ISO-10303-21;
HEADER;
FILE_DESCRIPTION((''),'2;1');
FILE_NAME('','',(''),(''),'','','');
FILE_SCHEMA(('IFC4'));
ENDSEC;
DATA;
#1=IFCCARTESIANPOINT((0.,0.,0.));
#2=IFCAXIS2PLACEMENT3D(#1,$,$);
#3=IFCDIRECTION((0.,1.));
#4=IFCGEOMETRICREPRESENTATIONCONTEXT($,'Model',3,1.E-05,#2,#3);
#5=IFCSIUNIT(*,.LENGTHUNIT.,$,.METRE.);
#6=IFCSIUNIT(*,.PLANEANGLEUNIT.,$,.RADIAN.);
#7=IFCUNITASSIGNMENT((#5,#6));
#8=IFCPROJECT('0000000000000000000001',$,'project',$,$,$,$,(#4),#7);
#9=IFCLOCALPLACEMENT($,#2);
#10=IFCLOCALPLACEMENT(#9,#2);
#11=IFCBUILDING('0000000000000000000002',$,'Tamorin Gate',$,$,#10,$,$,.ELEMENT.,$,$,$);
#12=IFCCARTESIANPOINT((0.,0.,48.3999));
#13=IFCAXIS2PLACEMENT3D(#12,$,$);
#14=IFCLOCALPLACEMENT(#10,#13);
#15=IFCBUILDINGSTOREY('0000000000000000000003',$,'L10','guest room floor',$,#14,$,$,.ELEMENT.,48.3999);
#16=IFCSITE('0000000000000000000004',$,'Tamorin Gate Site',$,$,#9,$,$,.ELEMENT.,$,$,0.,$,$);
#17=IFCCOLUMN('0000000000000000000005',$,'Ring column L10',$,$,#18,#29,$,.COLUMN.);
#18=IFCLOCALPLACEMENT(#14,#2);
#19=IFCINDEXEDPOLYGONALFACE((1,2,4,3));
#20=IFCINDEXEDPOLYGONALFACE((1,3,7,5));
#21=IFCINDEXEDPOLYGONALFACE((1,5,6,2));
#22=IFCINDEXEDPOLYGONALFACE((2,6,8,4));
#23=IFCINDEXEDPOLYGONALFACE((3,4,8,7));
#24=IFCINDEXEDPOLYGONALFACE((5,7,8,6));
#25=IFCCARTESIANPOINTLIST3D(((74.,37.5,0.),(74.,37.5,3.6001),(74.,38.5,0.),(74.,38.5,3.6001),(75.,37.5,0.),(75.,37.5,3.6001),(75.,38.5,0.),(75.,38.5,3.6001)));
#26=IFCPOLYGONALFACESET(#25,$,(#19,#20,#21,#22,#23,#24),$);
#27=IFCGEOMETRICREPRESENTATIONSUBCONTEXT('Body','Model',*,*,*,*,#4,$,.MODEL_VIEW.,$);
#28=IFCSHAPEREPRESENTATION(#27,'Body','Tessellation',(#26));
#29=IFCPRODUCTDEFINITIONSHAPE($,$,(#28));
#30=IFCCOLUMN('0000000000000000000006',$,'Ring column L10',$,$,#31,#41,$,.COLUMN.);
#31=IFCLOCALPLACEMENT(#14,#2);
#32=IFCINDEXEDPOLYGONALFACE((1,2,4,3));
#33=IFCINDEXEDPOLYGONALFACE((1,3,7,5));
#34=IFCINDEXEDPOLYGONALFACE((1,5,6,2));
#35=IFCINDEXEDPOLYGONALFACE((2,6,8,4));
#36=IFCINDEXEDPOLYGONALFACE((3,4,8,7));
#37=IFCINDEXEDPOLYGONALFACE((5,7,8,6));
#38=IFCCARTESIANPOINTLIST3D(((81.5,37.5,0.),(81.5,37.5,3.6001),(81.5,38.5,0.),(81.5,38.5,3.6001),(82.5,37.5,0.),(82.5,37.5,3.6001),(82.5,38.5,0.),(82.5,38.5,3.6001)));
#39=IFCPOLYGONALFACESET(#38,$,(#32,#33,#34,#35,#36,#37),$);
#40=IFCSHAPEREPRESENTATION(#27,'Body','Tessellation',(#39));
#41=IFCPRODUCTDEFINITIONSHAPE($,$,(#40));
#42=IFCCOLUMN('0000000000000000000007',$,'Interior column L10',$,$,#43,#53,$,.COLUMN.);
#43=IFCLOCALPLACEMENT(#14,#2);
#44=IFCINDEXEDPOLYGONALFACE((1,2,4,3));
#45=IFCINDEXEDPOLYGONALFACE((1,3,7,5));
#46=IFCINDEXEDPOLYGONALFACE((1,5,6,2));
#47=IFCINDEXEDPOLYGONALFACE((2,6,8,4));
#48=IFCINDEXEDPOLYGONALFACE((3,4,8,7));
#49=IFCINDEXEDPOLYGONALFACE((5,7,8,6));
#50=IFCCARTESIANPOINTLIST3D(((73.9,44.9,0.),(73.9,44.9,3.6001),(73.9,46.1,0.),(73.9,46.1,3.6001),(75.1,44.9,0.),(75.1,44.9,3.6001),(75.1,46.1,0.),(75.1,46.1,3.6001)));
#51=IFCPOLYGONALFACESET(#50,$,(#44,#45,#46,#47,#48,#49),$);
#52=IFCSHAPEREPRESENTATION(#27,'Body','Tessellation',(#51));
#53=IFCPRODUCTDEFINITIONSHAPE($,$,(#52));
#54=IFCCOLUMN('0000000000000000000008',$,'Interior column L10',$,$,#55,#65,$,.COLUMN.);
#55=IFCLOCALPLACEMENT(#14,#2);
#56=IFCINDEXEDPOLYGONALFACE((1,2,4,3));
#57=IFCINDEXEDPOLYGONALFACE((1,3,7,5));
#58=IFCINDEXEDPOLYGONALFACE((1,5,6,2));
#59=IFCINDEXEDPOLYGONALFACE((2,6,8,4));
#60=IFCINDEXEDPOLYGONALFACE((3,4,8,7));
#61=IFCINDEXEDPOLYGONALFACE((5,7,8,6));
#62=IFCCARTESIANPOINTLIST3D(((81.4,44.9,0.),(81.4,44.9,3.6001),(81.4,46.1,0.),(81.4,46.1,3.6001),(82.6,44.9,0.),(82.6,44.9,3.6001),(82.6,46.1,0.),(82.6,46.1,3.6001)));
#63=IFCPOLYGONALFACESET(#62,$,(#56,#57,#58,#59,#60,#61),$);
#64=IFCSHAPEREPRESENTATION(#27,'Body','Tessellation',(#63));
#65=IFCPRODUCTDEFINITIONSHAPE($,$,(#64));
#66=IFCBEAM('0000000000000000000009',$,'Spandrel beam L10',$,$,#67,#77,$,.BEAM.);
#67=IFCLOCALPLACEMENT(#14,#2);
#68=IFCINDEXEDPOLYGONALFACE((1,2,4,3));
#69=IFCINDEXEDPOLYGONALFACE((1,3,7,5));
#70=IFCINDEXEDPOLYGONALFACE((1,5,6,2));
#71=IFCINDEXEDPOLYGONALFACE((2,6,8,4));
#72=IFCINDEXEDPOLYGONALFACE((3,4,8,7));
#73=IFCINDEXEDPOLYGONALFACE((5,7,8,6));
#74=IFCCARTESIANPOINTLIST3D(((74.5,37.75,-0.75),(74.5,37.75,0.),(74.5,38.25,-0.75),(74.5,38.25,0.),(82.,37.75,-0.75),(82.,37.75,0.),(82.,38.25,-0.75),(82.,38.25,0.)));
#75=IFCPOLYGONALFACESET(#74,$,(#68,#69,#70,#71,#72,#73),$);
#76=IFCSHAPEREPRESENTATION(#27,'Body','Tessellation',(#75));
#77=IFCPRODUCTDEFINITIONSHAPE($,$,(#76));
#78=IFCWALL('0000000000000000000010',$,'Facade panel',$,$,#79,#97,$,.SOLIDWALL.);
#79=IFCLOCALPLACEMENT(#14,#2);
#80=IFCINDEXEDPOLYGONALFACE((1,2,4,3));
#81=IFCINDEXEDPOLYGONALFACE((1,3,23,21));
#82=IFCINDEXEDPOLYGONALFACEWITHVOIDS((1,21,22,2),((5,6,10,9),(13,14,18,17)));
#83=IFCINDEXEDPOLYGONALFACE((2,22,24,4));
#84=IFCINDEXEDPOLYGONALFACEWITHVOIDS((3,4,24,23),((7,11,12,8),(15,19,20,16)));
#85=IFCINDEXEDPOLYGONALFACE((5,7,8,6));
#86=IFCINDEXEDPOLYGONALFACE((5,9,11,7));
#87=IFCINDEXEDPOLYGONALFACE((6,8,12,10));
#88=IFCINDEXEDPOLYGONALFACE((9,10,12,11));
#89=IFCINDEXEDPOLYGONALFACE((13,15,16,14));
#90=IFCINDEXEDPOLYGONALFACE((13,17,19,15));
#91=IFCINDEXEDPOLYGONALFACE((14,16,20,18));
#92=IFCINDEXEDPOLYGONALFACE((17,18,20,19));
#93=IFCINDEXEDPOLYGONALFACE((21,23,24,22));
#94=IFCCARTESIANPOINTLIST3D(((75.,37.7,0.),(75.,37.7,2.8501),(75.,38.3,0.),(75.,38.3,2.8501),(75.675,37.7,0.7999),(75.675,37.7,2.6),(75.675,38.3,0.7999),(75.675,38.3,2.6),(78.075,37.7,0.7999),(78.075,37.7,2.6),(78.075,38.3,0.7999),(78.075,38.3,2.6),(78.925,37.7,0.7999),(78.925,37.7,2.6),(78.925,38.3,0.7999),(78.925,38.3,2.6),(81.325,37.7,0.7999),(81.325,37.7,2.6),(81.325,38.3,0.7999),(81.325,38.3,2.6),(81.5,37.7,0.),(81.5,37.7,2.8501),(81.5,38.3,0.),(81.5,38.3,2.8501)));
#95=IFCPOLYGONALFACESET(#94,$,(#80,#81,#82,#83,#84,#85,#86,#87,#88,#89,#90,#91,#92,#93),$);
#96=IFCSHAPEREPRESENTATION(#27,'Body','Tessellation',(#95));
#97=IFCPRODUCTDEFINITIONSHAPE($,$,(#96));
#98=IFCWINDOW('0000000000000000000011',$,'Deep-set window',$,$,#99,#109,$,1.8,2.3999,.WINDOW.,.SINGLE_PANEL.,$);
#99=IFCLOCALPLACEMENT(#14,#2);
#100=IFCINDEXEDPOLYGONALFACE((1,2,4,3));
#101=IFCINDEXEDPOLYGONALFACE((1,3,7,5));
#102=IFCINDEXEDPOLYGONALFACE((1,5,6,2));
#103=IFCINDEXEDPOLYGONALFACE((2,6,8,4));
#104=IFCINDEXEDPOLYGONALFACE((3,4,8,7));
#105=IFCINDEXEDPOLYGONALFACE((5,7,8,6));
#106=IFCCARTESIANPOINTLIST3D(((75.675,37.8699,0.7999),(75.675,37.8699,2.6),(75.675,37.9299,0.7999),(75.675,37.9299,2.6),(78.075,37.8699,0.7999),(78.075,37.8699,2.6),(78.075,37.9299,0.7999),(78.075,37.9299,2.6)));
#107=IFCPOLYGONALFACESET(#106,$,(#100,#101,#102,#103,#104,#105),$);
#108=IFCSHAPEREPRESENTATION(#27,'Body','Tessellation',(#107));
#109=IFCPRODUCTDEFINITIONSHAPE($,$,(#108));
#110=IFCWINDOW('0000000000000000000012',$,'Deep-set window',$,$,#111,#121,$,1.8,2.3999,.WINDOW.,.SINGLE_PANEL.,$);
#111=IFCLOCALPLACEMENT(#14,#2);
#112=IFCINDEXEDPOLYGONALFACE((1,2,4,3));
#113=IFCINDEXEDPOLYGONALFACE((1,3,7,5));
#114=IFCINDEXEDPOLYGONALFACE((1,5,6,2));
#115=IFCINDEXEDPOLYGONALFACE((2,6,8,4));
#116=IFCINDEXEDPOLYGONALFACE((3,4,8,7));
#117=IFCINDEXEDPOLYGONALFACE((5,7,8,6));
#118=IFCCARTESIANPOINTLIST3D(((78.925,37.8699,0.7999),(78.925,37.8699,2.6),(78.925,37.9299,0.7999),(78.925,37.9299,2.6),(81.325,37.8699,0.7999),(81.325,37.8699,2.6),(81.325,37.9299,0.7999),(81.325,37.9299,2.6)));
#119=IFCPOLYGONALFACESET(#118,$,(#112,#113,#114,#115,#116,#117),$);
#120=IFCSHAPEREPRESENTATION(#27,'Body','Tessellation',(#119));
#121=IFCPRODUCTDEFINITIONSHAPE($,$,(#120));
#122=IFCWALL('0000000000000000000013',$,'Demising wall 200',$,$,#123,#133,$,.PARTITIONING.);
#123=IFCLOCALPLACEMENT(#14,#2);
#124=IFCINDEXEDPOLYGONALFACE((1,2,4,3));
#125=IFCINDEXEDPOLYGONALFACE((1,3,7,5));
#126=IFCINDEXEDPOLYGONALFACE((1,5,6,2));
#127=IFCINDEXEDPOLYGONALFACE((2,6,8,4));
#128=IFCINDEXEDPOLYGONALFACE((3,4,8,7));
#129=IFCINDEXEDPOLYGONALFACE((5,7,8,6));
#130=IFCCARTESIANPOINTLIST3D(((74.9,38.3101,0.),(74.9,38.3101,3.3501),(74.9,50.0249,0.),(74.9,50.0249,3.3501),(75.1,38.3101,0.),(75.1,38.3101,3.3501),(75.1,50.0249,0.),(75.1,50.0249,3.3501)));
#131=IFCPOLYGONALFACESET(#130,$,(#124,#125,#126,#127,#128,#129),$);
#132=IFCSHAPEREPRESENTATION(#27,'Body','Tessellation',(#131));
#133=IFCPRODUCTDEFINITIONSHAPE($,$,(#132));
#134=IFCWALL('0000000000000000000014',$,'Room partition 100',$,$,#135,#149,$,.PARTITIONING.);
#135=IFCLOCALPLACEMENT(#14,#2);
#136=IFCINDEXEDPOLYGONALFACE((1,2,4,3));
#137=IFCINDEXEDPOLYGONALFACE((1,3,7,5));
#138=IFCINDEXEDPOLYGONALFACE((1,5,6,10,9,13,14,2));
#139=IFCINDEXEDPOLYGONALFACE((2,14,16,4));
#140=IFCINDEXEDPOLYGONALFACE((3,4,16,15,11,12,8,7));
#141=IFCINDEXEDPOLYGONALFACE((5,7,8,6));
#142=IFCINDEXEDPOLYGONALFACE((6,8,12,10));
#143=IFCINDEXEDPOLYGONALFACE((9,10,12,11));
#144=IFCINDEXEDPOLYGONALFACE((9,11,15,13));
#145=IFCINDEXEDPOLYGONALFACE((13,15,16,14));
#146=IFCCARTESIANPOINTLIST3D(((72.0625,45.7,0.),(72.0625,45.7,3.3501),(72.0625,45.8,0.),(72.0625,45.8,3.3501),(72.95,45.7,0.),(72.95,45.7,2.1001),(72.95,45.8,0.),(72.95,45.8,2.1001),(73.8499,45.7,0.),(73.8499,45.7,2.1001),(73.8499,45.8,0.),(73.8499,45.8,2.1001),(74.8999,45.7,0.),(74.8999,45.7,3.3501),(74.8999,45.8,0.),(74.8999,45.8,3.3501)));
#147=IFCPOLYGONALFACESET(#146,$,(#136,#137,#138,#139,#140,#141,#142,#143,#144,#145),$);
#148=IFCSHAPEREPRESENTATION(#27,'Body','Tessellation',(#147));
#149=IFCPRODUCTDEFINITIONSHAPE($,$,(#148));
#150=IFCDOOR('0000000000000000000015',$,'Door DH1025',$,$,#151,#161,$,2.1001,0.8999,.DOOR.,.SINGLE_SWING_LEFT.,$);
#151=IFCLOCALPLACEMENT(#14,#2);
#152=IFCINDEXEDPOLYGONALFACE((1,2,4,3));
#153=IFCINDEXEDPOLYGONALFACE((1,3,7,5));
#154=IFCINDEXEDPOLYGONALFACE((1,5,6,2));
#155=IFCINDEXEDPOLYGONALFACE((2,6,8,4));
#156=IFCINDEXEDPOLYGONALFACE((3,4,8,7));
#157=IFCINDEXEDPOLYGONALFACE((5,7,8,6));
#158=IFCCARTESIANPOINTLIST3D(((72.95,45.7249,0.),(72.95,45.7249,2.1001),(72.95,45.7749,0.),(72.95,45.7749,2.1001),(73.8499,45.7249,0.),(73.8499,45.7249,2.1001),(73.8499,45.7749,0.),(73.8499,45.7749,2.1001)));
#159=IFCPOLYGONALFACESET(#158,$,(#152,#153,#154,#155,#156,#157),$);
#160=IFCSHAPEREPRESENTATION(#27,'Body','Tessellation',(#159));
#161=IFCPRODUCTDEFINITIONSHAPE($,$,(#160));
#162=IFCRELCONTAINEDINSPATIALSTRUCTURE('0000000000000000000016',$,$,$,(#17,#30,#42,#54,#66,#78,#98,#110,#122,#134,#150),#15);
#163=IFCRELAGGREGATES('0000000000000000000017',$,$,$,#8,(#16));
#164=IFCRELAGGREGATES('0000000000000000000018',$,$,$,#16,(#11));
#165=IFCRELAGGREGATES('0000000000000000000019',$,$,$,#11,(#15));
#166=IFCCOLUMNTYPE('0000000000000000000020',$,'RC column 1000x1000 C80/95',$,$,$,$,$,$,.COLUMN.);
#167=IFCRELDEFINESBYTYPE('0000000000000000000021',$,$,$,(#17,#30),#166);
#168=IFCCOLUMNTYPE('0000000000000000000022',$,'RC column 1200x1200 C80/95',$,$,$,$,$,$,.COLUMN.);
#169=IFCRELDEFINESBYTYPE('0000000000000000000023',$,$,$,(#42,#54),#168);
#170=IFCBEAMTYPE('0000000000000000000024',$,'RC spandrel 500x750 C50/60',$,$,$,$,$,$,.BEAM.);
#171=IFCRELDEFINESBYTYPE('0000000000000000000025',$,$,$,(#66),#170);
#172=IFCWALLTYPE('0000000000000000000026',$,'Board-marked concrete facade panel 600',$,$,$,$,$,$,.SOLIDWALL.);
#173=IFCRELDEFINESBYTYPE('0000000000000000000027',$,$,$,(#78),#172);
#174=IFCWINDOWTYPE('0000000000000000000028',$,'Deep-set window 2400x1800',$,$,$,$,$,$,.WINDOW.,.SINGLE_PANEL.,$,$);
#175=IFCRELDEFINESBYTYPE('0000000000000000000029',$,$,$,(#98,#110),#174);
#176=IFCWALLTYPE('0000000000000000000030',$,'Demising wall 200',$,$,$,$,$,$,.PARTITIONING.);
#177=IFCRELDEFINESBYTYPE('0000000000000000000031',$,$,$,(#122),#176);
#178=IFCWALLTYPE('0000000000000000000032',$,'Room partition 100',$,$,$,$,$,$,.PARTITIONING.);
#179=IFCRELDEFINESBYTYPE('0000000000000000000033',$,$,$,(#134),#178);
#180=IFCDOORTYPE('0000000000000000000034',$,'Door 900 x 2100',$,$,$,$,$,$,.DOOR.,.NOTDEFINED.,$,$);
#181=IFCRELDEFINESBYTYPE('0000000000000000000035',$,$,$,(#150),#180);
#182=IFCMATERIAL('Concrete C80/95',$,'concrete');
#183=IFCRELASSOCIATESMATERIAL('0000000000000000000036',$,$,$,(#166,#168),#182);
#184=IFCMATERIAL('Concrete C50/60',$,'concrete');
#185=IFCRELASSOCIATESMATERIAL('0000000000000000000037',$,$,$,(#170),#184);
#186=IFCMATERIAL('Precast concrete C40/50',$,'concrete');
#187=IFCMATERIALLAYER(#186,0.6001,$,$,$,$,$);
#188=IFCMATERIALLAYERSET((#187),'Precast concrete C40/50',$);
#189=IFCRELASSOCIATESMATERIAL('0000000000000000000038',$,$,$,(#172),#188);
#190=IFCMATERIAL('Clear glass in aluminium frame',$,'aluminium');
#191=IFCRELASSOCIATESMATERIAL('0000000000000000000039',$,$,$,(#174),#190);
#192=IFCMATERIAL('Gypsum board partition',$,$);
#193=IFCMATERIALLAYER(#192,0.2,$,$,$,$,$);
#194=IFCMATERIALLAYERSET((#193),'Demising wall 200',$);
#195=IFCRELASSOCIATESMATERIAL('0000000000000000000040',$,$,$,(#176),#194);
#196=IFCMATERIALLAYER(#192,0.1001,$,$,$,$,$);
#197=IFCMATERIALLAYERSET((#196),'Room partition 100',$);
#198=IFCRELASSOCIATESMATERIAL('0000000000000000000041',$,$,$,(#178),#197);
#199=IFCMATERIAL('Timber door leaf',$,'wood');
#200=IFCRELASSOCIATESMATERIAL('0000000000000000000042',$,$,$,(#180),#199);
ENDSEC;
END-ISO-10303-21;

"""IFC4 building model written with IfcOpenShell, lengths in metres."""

from ifc_helpers import new_model, si_unit, direction, frame, frame_2d, origin, origin_2d, place, context, subcontext, project, spatial, rectangle, extrude, material, layer, layer_set, material_profile, profile_set, type_object, element, fill, save


model = new_model("IFC4")

# Units and contexts
model_context = context("Model", 3, precision=1e-05, world=origin(), true_north=direction((0.0, 1.0)))
body_context = subcontext(model_context, "Body", "Model", "MODEL_VIEW")
ifc_project = project(units=[si_unit("LENGTHUNIT", "METRE"), si_unit("PLANEANGLEUNIT", "RADIAN")], contexts=[model_context])

# Site, building, storey
site_placement = place(None, origin())
site = spatial("IfcSite", under=ifc_project, at=site_placement, Name="Tamorin Gate Site", CompositionType="ELEMENT", RefElevation=0.0)
building_placement = place(site_placement, origin())
building = spatial("IfcBuilding", under=site, at=building_placement, Name="Tamorin Gate", CompositionType="ELEMENT")
storey_placement = place(building_placement, frame((0.0, 0.0, 48.3999)))
storey = spatial("IfcBuildingStorey", under=building, at=storey_placement, Name="L10", Description="guest room floor", CompositionType="ELEMENT", Elevation=48.3999)

# Columns
ifc_material_1 = material(Name="Concrete C80/95", Category="concrete")
ifc_material_profile_1 = material_profile(ifc_material_1, rectangle(XDim=1.0, YDim=1.0, at=origin_2d()), Name="RC 1000x1000")
ifc_profile_set_1 = profile_set([ifc_material_profile_1], Name="Concrete C80/95")
column_type_1 = type_object("IfcColumnType", Name="RC column 1000x1000 C80/95", PredefinedType="COLUMN", material=ifc_profile_set_1)
for number, where, z_axis, x_axis, name in (
    (1, (74.5, 38.0, 0.0), (0.0, 0.0, 1.0), (1.0, 0.0, 0.0), "Ring column L10"),
    (2, (82.0, 38.0, 0.0), (0.0, 0.0, 1.0), (1.0, 0.0, 0.0), "Ring column L10"),
):
    element("IfcColumn", number, at=place(storey_placement, frame(where, z_axis=z_axis, x_axis=x_axis)), inside=storey, type_object=column_type_1, Name=name, PredefinedType="COLUMN", context=body_context, shape_type="SweptSolid", body=[
        extrude(rectangle(XDim=1.0, YDim=1.0, at=origin_2d()), origin(), (0.0, 0.0, 1.0), 3.6001),
    ])
ifc_material_profile_2 = material_profile(ifc_material_1, rectangle(XDim=1.2, YDim=1.2, at=origin_2d()), Name="RC 1200x1200")
ifc_profile_set_2 = profile_set([ifc_material_profile_2], Name="Concrete C80/95")
column_type_2 = type_object("IfcColumnType", Name="RC column 1200x1200 C80/95", PredefinedType="COLUMN", material=ifc_profile_set_2)
for number, where, z_axis, x_axis, name in (
    (3, (74.5, 45.5, 0.0), (0.0, 0.0, 1.0), (1.0, 0.0, 0.0), "Interior column L10"),
    (4, (82.0, 45.5, 0.0), (0.0, 0.0, 1.0), (1.0, 0.0, 0.0), "Interior column L10"),
):
    element("IfcColumn", number, at=place(storey_placement, frame(where, z_axis=z_axis, x_axis=x_axis)), inside=storey, type_object=column_type_2, Name=name, PredefinedType="COLUMN", context=body_context, shape_type="SweptSolid", body=[
        extrude(rectangle(XDim=1.2, YDim=1.2, at=origin_2d()), origin(), (0.0, 0.0, 1.0), 3.6001),
    ])

# Beam
ifc_material_2 = material(Name="Concrete C50/60", Category="concrete")
ifc_material_profile_3 = material_profile(ifc_material_2, rectangle(XDim=0.5, YDim=0.75, at=origin_2d()), Name="RC 500x750")
ifc_profile_set_3 = profile_set([ifc_material_profile_3], Name="Concrete C50/60")
beam_type = type_object("IfcBeamType", Name="RC spandrel 500x750 C50/60", PredefinedType="BEAM", material=ifc_profile_set_3)
beam_placement = place(storey_placement, frame((74.5, 38.0, -0.375), z_axis=(1.0, 0.0, 0.0), x_axis=(0.0, 1.0, 0.0)))
element("IfcBeam", 5, at=beam_placement, inside=storey, type_object=beam_type, Name="Spandrel beam L10", PredefinedType="BEAM", context=body_context, shape_type="SweptSolid", body=[
    extrude(rectangle(XDim=0.5, YDim=0.75, at=origin_2d()), origin(), (0.0, 0.0, 1.0), 7.5),
])

# Wall, openings, windows
ifc_material_3 = material(Name="Precast concrete C40/50", Category="concrete")
ifc_layer_1 = layer(ifc_material_3, 0.6001)
ifc_layer_set_1 = layer_set([ifc_layer_1], Name="Precast concrete C40/50")
wall_type_1 = type_object("IfcWallType", Name="Board-marked concrete facade panel 600", PredefinedType="SOLIDWALL", material=ifc_layer_set_1)
wall_1_placement = place(storey_placement, frame((75.0, 38.0, 0.0), z_axis=(0.0, 0.0, 1.0), x_axis=(1.0, 0.0, 0.0)))
wall_1 = element("IfcWall", 6, at=wall_1_placement, inside=storey, type_object=wall_type_1, Name="Facade panel", PredefinedType="SOLIDWALL", context=body_context, shape_type="SweptSolid", body=[
    extrude(rectangle(XDim=6.5, YDim=0.6001, at=frame_2d((3.25, 0.0))), origin(), (0.0, 0.0, 1.0), 2.8501),
])
opening_1_placement = place(wall_1_placement, frame((0.675, 0.0, 0.8)))
opening_1 = element("IfcOpeningElement", 7, at=opening_1_placement, cuts=wall_1, PredefinedType="OPENING", context=body_context, shape_type="SweptSolid", body=[
    extrude(rectangle(XDim=2.3999, YDim=1.8, at=frame_2d((1.2, 0.8999))), frame((0.0, 0.3101, 0.0), z_axis=(0.0, -1.0, 0.0), x_axis=(1.0, 0.0, 0.0)), (0.0, 0.0, 1.0), 0.6201),
])
opening_2_placement = place(wall_1_placement, frame((3.925, 0.0, 0.8)))
opening_2 = element("IfcOpeningElement", 8, at=opening_2_placement, cuts=wall_1, PredefinedType="OPENING", context=body_context, shape_type="SweptSolid", body=[
    extrude(rectangle(XDim=2.3999, YDim=1.8, at=frame_2d((1.2, 0.8999))), frame((0.0, 0.3101, 0.0), z_axis=(0.0, -1.0, 0.0), x_axis=(1.0, 0.0, 0.0)), (0.0, 0.0, 1.0), 0.6201),
])
ifc_material_4 = material(Name="Clear glass in aluminium frame", Category="aluminium")
window_type = type_object("IfcWindowType", Name="Deep-set window 2400x1800", PartitioningType="SINGLE_PANEL", PredefinedType="WINDOW", material=ifc_material_4)
window_1_placement = place(opening_1_placement, origin())
window_1 = element("IfcWindow", 9, at=window_1_placement, inside=storey, type_object=window_type, Name="Deep-set window", OverallHeight=1.8, OverallWidth=2.3999, PartitioningType="SINGLE_PANEL", PredefinedType="WINDOW", context=body_context, shape_type="SweptSolid", body=[
    extrude(rectangle(XDim=2.3999, YDim=1.8, at=frame_2d((1.2, 0.8999))), frame((0.0, -0.0701, 0.0), z_axis=(0.0, -1.0, 0.0), x_axis=(1.0, 0.0, 0.0)), (0.0, 0.0, 1.0), 0.0601),
])
fill(opening_1, window_1)
window_2_placement = place(opening_2_placement, origin())
window_2 = element("IfcWindow", 10, at=window_2_placement, inside=storey, type_object=window_type, Name="Deep-set window", OverallHeight=1.8, OverallWidth=2.3999, PartitioningType="SINGLE_PANEL", PredefinedType="WINDOW", context=body_context, shape_type="SweptSolid", body=[
    extrude(rectangle(XDim=2.3999, YDim=1.8, at=frame_2d((1.2, 0.8999))), frame((0.0, -0.0701, 0.0), z_axis=(0.0, -1.0, 0.0), x_axis=(1.0, 0.0, 0.0)), (0.0, 0.0, 1.0), 0.0601),
])
fill(opening_2, window_2)

# Wall
ifc_material_5 = material(Name="Gypsum board partition")
ifc_layer_2 = layer(ifc_material_5, 0.2)
ifc_layer_set_2 = layer_set([ifc_layer_2], Name="Demising wall 200")
wall_type_2 = type_object("IfcWallType", Name="Demising wall 200", PredefinedType="PARTITIONING", material=ifc_layer_set_2)
wall_2_placement = place(storey_placement, frame((75.0, 38.3101, 0.0), z_axis=(0.0, 0.0, 1.0), x_axis=(0.0, 1.0, 0.0)))
element("IfcWall", 11, at=wall_2_placement, inside=storey, type_object=wall_type_2, Name="Demising wall 200", PredefinedType="PARTITIONING", context=body_context, shape_type="SweptSolid", body=[
    extrude(rectangle(XDim=11.7148, YDim=0.2, at=frame_2d((5.8574, 0.0))), origin(), (0.0, 0.0, 1.0), 3.3501),
])

# Wall, opening, door
ifc_layer_3 = layer(ifc_material_5, 0.1001)
ifc_layer_set_3 = layer_set([ifc_layer_3], Name="Room partition 100")
wall_type_3 = type_object("IfcWallType", Name="Room partition 100", PredefinedType="PARTITIONING", material=ifc_layer_set_3)
wall_3_placement = place(storey_placement, frame((72.0625, 45.75, 0.0), z_axis=(0.0, 0.0, 1.0), x_axis=(1.0, 0.0, 0.0)))
wall_3 = element("IfcWall", 12, at=wall_3_placement, inside=storey, type_object=wall_type_3, Name="Room partition 100", PredefinedType="PARTITIONING", context=body_context, shape_type="SweptSolid", body=[
    extrude(rectangle(XDim=2.8374, YDim=0.1001, at=frame_2d((1.4187, 0.0))), origin(), (0.0, 0.0, 1.0), 3.3501),
])
opening_3_placement = place(wall_3_placement, frame((0.8875, 0.0, 0.0)))
opening_3 = element("IfcOpeningElement", 13, at=opening_3_placement, cuts=wall_3, PredefinedType="OPENING", context=body_context, shape_type="SweptSolid", body=[
    extrude(rectangle(XDim=0.8999, YDim=2.1001, at=frame_2d((0.45, 1.05))), frame((0.0, 0.0601, 0.0), z_axis=(0.0, -1.0, 0.0), x_axis=(1.0, 0.0, 0.0)), (0.0, 0.0, 1.0), 0.1201),
])
ifc_material_6 = material(Name="Timber door leaf", Category="wood")
door_type = type_object("IfcDoorType", Name="Door 900 x 2100", OperationType="NOTDEFINED", PredefinedType="DOOR", material=ifc_material_6)
door_1_placement = place(opening_3_placement, origin())
door_1 = element("IfcDoor", 14, at=door_1_placement, inside=storey, type_object=door_type, Name="Door DH1025", OperationType="SINGLE_SWING_LEFT", OverallHeight=2.1001, OverallWidth=0.8999, PredefinedType="DOOR", context=body_context, shape_type="SweptSolid", body=[
    extrude(rectangle(XDim=0.8999, YDim=2.1001, at=frame_2d((0.45, 1.05))), frame((0.0, 0.0249, 0.0), z_axis=(0.0, -1.0, 0.0), x_axis=(1.0, 0.0, 0.0)), (0.0, 0.0, 1.0), 0.05),
])
fill(opening_3, door_1)

save(model, "model.ifc")
